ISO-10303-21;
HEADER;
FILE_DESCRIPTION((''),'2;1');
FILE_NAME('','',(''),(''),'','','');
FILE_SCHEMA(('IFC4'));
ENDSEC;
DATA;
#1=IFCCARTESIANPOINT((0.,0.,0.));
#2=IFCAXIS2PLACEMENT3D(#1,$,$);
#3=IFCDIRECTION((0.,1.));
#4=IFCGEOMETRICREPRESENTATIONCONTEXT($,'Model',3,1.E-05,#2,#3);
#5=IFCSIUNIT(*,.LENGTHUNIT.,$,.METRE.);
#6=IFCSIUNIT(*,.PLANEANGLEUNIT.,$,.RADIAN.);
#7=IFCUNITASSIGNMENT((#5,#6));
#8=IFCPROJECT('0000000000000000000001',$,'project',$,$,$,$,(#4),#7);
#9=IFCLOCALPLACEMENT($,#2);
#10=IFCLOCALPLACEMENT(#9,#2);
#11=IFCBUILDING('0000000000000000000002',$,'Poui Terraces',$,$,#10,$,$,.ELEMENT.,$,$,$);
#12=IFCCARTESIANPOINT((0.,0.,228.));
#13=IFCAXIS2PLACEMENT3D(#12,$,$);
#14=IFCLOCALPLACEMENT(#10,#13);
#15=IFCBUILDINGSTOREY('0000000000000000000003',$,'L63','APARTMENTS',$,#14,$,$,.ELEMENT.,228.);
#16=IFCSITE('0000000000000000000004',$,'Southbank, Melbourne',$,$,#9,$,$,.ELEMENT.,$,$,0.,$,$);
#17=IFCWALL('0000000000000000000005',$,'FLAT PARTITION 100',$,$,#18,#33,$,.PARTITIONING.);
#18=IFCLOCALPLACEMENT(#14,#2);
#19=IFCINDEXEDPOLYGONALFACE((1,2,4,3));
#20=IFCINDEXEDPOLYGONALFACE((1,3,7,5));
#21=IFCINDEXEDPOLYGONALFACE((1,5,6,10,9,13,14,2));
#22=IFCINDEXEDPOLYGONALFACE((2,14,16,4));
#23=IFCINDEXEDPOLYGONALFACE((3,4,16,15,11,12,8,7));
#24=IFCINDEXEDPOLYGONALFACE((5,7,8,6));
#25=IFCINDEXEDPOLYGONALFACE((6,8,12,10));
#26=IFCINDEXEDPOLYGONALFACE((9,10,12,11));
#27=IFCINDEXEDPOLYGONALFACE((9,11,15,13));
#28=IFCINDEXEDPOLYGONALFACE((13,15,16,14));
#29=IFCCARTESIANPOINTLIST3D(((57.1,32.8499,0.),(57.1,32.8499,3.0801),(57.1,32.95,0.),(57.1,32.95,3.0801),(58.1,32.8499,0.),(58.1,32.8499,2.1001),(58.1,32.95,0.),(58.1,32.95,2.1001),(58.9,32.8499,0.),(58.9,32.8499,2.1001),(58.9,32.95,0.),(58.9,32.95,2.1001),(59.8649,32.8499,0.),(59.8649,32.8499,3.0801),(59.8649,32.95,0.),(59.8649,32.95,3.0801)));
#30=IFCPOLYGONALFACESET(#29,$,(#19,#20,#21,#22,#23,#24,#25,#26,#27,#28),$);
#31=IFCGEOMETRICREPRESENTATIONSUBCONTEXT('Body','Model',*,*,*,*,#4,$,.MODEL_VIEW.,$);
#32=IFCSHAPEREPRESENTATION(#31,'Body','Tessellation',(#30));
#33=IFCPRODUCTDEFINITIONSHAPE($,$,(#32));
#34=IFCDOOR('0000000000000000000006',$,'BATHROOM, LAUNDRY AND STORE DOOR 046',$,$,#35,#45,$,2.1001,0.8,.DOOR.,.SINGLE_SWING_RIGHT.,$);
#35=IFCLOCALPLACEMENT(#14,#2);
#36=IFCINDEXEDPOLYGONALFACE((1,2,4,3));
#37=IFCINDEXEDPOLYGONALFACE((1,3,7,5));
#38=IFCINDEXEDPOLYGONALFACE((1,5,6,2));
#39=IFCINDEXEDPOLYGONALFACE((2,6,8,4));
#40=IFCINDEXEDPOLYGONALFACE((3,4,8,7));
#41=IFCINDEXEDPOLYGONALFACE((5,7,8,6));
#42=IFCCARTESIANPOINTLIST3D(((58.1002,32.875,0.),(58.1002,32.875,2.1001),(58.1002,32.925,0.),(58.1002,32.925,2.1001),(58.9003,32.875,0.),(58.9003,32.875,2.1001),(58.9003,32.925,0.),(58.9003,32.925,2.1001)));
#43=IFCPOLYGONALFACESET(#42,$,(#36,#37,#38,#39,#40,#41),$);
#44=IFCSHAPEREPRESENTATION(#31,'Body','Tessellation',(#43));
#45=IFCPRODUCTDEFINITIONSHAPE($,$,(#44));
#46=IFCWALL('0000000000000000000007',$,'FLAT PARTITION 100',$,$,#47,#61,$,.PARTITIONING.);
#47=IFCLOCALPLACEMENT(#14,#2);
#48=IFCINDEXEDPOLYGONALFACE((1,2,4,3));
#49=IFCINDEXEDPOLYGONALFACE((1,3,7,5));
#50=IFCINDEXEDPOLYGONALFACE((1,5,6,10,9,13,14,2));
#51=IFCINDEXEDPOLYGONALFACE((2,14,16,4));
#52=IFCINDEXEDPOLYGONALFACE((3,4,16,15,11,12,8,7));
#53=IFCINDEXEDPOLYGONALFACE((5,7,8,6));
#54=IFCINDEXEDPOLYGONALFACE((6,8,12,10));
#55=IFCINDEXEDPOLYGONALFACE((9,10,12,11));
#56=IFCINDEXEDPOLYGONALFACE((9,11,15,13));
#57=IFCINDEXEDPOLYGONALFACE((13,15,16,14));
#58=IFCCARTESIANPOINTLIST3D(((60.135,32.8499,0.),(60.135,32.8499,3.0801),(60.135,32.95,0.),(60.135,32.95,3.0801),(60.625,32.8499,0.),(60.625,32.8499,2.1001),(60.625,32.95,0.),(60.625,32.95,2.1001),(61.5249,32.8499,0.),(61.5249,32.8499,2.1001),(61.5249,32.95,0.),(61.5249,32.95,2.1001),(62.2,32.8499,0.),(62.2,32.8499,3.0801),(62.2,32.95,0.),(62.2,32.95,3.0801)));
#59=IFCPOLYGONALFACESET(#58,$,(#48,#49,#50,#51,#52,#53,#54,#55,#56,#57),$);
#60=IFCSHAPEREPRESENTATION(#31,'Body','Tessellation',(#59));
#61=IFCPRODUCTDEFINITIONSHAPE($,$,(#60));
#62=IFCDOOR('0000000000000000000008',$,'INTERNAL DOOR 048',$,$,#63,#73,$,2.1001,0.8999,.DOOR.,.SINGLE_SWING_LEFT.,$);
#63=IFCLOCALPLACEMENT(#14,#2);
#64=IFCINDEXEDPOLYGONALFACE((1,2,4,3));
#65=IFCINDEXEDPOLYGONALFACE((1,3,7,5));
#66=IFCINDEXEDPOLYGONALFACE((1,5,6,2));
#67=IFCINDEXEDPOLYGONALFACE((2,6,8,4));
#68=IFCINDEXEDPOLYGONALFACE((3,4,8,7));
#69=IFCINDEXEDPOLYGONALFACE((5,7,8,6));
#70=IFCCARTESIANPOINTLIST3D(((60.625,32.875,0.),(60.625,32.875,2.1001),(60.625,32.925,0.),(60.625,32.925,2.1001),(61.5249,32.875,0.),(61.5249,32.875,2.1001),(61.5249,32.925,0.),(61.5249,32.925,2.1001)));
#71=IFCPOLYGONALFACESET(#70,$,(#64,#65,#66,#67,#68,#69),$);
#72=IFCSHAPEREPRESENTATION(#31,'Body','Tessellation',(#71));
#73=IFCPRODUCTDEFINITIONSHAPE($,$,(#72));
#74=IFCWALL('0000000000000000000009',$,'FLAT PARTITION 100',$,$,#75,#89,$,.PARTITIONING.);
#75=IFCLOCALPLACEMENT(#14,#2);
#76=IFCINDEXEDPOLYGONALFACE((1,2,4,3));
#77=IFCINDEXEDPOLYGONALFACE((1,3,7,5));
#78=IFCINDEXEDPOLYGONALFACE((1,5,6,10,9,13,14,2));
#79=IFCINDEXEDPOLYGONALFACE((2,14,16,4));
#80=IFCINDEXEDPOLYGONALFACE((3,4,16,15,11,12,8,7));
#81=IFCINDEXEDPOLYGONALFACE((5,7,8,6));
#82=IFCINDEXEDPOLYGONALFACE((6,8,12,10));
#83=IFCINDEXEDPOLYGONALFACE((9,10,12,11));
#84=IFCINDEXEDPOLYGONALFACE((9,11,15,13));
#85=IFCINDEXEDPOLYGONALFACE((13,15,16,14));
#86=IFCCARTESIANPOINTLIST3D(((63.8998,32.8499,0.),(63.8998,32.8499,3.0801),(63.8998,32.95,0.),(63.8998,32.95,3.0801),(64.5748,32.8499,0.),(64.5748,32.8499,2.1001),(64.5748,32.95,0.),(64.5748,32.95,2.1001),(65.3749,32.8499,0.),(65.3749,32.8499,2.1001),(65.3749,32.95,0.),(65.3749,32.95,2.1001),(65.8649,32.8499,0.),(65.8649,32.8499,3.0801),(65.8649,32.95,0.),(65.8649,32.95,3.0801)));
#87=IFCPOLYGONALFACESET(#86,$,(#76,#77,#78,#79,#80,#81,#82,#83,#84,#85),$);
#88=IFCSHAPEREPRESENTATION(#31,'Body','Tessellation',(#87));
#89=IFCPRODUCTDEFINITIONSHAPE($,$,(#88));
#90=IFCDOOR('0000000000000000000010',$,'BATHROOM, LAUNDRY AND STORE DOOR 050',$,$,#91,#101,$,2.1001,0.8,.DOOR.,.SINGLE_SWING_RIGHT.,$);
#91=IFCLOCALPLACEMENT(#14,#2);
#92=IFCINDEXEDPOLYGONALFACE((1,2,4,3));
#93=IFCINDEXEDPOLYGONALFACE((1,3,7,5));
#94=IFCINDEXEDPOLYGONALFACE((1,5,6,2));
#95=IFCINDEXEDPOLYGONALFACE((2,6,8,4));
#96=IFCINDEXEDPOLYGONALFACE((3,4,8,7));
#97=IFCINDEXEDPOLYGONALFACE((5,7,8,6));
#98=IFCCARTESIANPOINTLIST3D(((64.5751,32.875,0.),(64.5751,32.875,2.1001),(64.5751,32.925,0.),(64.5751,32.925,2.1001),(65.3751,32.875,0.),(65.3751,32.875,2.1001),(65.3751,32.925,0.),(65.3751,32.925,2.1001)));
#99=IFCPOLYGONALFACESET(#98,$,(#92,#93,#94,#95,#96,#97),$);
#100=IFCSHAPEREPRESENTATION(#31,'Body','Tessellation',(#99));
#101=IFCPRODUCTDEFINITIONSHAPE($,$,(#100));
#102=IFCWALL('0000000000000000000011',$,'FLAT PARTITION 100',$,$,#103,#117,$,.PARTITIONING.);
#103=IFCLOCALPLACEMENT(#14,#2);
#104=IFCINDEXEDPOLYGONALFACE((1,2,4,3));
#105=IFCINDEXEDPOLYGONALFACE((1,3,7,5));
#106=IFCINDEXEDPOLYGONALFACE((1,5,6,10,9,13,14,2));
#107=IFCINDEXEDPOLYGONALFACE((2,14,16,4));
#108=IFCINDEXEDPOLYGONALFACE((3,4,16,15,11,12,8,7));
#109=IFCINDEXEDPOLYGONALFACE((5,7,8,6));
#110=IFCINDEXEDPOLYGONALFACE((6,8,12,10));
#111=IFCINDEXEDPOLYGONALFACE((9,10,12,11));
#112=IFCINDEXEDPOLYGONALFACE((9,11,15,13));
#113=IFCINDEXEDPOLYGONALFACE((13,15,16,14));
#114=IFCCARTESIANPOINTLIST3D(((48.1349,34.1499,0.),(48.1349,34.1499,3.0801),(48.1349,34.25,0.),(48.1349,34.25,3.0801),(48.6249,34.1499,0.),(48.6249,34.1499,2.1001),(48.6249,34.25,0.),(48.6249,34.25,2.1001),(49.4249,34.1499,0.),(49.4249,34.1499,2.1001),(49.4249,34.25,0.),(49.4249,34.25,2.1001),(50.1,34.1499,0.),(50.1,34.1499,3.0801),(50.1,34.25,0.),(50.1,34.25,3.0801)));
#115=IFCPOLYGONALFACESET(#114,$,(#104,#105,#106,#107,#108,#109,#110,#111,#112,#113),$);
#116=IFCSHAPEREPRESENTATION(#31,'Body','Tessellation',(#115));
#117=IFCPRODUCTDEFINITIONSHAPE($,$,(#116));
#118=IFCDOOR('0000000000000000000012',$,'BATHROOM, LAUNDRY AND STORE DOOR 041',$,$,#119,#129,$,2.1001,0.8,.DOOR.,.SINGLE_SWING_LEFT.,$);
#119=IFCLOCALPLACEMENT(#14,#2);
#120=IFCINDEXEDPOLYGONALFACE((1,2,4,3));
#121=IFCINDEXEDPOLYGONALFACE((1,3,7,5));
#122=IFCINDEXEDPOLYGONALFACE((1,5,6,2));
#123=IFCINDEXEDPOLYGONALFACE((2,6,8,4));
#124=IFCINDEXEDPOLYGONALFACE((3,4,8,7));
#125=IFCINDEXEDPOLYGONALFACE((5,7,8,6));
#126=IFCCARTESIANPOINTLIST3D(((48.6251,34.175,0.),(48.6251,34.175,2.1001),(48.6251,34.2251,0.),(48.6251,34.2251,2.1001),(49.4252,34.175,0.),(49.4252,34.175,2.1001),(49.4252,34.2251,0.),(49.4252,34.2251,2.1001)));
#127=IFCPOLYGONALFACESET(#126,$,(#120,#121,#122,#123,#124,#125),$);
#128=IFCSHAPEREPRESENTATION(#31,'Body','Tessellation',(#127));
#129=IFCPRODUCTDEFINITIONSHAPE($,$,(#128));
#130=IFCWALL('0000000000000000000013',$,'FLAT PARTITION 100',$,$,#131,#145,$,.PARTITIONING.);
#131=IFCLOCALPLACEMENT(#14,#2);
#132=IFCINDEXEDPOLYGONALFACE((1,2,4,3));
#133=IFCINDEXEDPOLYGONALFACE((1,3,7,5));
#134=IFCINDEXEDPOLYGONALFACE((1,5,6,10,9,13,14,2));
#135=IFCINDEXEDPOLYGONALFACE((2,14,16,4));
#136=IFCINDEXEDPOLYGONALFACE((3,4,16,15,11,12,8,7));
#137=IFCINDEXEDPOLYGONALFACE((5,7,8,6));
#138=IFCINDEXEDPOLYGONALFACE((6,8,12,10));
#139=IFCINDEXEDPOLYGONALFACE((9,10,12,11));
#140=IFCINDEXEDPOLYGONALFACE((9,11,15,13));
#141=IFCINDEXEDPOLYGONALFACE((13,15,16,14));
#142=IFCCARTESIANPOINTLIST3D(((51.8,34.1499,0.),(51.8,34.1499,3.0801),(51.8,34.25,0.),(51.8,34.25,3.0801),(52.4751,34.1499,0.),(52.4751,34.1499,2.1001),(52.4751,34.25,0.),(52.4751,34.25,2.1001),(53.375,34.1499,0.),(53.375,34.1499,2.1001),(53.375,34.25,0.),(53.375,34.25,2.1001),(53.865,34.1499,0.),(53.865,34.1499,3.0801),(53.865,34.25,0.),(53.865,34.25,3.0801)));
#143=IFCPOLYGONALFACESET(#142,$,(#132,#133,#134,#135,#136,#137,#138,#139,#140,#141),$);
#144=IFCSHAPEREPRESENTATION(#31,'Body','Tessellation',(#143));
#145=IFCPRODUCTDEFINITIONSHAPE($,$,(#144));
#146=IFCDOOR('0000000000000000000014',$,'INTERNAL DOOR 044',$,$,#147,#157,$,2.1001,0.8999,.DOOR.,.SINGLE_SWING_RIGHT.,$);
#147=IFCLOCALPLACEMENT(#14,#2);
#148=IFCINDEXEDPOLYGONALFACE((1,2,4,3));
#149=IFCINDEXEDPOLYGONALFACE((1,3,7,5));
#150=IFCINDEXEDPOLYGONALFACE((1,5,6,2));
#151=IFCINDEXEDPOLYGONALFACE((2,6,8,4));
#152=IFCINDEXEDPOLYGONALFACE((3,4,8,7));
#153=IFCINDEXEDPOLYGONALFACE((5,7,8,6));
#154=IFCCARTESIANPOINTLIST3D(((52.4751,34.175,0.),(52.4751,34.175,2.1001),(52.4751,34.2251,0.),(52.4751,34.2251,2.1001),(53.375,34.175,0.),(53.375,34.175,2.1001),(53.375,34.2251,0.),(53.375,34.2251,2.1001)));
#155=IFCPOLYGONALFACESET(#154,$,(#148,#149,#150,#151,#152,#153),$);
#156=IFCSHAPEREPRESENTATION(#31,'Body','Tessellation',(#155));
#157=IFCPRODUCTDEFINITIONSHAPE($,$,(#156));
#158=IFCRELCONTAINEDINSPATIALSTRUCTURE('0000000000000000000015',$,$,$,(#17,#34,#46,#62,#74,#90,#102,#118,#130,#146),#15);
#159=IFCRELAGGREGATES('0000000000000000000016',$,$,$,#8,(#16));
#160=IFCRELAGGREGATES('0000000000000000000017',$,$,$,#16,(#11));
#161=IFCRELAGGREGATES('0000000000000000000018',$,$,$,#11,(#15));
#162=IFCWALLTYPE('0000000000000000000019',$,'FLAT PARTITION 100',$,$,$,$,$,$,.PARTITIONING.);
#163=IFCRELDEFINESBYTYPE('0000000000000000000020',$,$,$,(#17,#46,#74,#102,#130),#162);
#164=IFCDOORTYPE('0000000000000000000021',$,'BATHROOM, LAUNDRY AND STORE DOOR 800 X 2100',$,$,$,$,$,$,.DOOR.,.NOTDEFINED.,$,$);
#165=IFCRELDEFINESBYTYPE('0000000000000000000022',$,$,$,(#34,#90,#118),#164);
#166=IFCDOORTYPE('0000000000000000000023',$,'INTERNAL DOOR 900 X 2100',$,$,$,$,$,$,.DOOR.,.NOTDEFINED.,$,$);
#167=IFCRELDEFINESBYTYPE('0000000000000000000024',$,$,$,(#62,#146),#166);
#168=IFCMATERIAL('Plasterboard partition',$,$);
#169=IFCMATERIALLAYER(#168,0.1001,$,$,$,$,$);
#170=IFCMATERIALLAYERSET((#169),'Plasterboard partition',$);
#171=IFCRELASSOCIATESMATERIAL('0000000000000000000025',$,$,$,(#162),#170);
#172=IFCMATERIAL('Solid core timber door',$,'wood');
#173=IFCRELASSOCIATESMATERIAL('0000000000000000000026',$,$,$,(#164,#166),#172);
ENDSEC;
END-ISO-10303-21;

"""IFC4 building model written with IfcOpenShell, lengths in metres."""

from ifc_helpers import new_model, si_unit, direction, frame, frame_2d, origin, place, context, subcontext, project, spatial, rectangle, extrude, material, layer, layer_set, type_object, element, fill, save


model = new_model("IFC4")

# Units and contexts
model_context = context("Model", 3, precision=1e-05, world=origin(), true_north=direction((0.0, 1.0)))
body_context = subcontext(model_context, "Body", "Model", "MODEL_VIEW")
ifc_project = project(units=[si_unit("LENGTHUNIT", "METRE"), si_unit("PLANEANGLEUNIT", "RADIAN")], contexts=[model_context])

# Site, building, storey
site_placement = place(None, origin())
site = spatial("IfcSite", under=ifc_project, at=site_placement, Name="Southbank, Melbourne", CompositionType="ELEMENT", RefElevation=0.0)
building_placement = place(site_placement, origin())
building = spatial("IfcBuilding", under=site, at=building_placement, Name="Poui Terraces", CompositionType="ELEMENT")
storey_placement = place(building_placement, frame((0.0, 0.0, 228.0)))
storey = spatial("IfcBuildingStorey", under=building, at=storey_placement, Name="L63", Description="APARTMENTS", CompositionType="ELEMENT", Elevation=228.0)

# Walls, openings, doors
ifc_material_1 = material(Name="Plasterboard partition")
ifc_layer_1 = layer(ifc_material_1, 0.1001)
ifc_layer_set_1 = layer_set([ifc_layer_1], Name="Plasterboard partition")
wall_type_1 = type_object("IfcWallType", Name="FLAT PARTITION 100", PredefinedType="PARTITIONING", material=ifc_layer_set_1)
wall_1_placement = place(storey_placement, frame((57.1001, 32.8999, 0.0), z_axis=(0.0, 0.0, 1.0), x_axis=(1.0, 0.0, 0.0)))
wall_1 = element("IfcWall", 1, at=wall_1_placement, inside=storey, type_object=wall_type_1, Name="FLAT PARTITION 100", PredefinedType="PARTITIONING", context=body_context, shape_type="SweptSolid", body=[
    extrude(rectangle(XDim=2.7649, YDim=0.1001, at=frame_2d((1.3823, 0.0))), origin(), (0.0, 0.0, 1.0), 3.0801),
])
opening_1_placement = place(wall_1_placement, frame((1.0, 0.0, 0.0)))
opening_1 = element("IfcOpeningElement", 2, at=opening_1_placement, cuts=wall_1, PredefinedType="OPENING", context=body_context, shape_type="SweptSolid", body=[
    extrude(rectangle(XDim=0.8, YDim=2.1001, at=frame_2d((0.3999, 1.05))), frame((0.0, 0.0601, 0.0), z_axis=(0.0, -1.0, 0.0), x_axis=(1.0, 0.0, 0.0)), (0.0, 0.0, 1.0), 0.1201),
])
ifc_material_2 = material(Name="Solid core timber door", Category="wood")
door_type_1 = type_object("IfcDoorType", Name="BATHROOM, LAUNDRY AND STORE DOOR 800 X 2100", OperationType="NOTDEFINED", PredefinedType="DOOR", material=ifc_material_2)
door_1_placement = place(opening_1_placement, frame((0.8, 0.0, 0.0), z_axis=(0.0, 0.0, 1.0), x_axis=(-1.0, 0.0, 0.0)))
door_1 = element("IfcDoor", 3, at=door_1_placement, inside=storey, type_object=door_type_1, Name="BATHROOM, LAUNDRY AND STORE DOOR 046", OperationType="SINGLE_SWING_RIGHT", OverallHeight=2.1001, OverallWidth=0.8, PredefinedType="DOOR", context=body_context, shape_type="SweptSolid", body=[
    extrude(rectangle(XDim=0.8, YDim=2.1001, at=frame_2d((0.3999, 1.05))), frame((0.0, 0.0249, 0.0), z_axis=(0.0, -1.0, 0.0), x_axis=(1.0, 0.0, 0.0)), (0.0, 0.0, 1.0), 0.05),
])
fill(opening_1, door_1)
wall_2_placement = place(storey_placement, frame((60.135, 32.8999, 0.0), z_axis=(0.0, 0.0, 1.0), x_axis=(1.0, 0.0, 0.0)))
wall_2 = element("IfcWall", 4, at=wall_2_placement, inside=storey, type_object=wall_type_1, Name="FLAT PARTITION 100", PredefinedType="PARTITIONING", context=body_context, shape_type="SweptSolid", body=[
    extrude(rectangle(XDim=2.0649, YDim=0.1001, at=frame_2d((1.0325, 0.0))), origin(), (0.0, 0.0, 1.0), 3.0801),
])
opening_2_placement = place(wall_2_placement, frame((0.49, 0.0, 0.0)))
opening_2 = element("IfcOpeningElement", 5, at=opening_2_placement, cuts=wall_2, PredefinedType="OPENING", context=body_context, shape_type="SweptSolid", body=[
    extrude(rectangle(XDim=0.8999, YDim=2.1001, at=frame_2d((0.45, 1.05))), frame((0.0, 0.0601, 0.0), z_axis=(0.0, -1.0, 0.0), x_axis=(1.0, 0.0, 0.0)), (0.0, 0.0, 1.0), 0.1201),
])
door_type_2 = type_object("IfcDoorType", Name="INTERNAL DOOR 900 X 2100", OperationType="NOTDEFINED", PredefinedType="DOOR", material=ifc_material_2)
door_2_placement = place(opening_2_placement, frame((0.8999, 0.0, 0.0), z_axis=(0.0, 0.0, 1.0), x_axis=(-1.0, 0.0, 0.0)))
door_2 = element("IfcDoor", 6, at=door_2_placement, inside=storey, type_object=door_type_2, Name="INTERNAL DOOR 048", OperationType="SINGLE_SWING_LEFT", OverallHeight=2.1001, OverallWidth=0.8999, PredefinedType="DOOR", context=body_context, shape_type="SweptSolid", body=[
    extrude(rectangle(XDim=0.8999, YDim=2.1001, at=frame_2d((0.45, 1.05))), frame((0.0, 0.0249, 0.0), z_axis=(0.0, -1.0, 0.0), x_axis=(1.0, 0.0, 0.0)), (0.0, 0.0, 1.0), 0.05),
])
fill(opening_2, door_2)
wall_3_placement = place(storey_placement, frame((63.8999, 32.8999, 0.0), z_axis=(0.0, 0.0, 1.0), x_axis=(1.0, 0.0, 0.0)))
wall_3 = element("IfcWall", 7, at=wall_3_placement, inside=storey, type_object=wall_type_1, Name="FLAT PARTITION 100", PredefinedType="PARTITIONING", context=body_context, shape_type="SweptSolid", body=[
    extrude(rectangle(XDim=1.9651, YDim=0.1001, at=frame_2d((0.9824, 0.0))), origin(), (0.0, 0.0, 1.0), 3.0801),
])
opening_3_placement = place(wall_3_placement, frame((0.675, 0.0, 0.0)))
opening_3 = element("IfcOpeningElement", 8, at=opening_3_placement, cuts=wall_3, PredefinedType="OPENING", context=body_context, shape_type="SweptSolid", body=[
    extrude(rectangle(XDim=0.8, YDim=2.1001, at=frame_2d((0.3999, 1.05))), frame((0.0, 0.0601, 0.0), z_axis=(0.0, -1.0, 0.0), x_axis=(1.0, 0.0, 0.0)), (0.0, 0.0, 1.0), 0.1201),
])
door_3_placement = place(opening_3_placement, frame((0.8, 0.0, 0.0), z_axis=(0.0, 0.0, 1.0), x_axis=(-1.0, 0.0, 0.0)))
door_3 = element("IfcDoor", 9, at=door_3_placement, inside=storey, type_object=door_type_1, Name="BATHROOM, LAUNDRY AND STORE DOOR 050", OperationType="SINGLE_SWING_RIGHT", OverallHeight=2.1001, OverallWidth=0.8, PredefinedType="DOOR", context=body_context, shape_type="SweptSolid", body=[
    extrude(rectangle(XDim=0.8, YDim=2.1001, at=frame_2d((0.3999, 1.05))), frame((0.0, 0.0249, 0.0), z_axis=(0.0, -1.0, 0.0), x_axis=(1.0, 0.0, 0.0)), (0.0, 0.0, 1.0), 0.05),
])
fill(opening_3, door_3)
wall_4_placement = place(storey_placement, frame((48.135, 34.2, 0.0), z_axis=(0.0, 0.0, 1.0), x_axis=(1.0, 0.0, 0.0)))
wall_4 = element("IfcWall", 10, at=wall_4_placement, inside=storey, type_object=wall_type_1, Name="FLAT PARTITION 100", PredefinedType="PARTITIONING", context=body_context, shape_type="SweptSolid", body=[
    extrude(rectangle(XDim=1.9651, YDim=0.1001, at=frame_2d((0.9824, 0.0))), origin(), (0.0, 0.0, 1.0), 3.0801),
])
opening_4_placement = place(wall_4_placement, frame((0.49, 0.0, 0.0)))
opening_4 = element("IfcOpeningElement", 11, at=opening_4_placement, cuts=wall_4, PredefinedType="OPENING", context=body_context, shape_type="SweptSolid", body=[
    extrude(rectangle(XDim=0.8, YDim=2.1001, at=frame_2d((0.3999, 1.05))), frame((0.0, 0.0601, 0.0), z_axis=(0.0, -1.0, 0.0), x_axis=(1.0, 0.0, 0.0)), (0.0, 0.0, 1.0), 0.1201),
])
door_4_placement = place(opening_4_placement, frame((0.8, 0.0, 0.0), z_axis=(0.0, 0.0, 1.0), x_axis=(-1.0, 0.0, 0.0)))
door_4 = element("IfcDoor", 12, at=door_4_placement, inside=storey, type_object=door_type_1, Name="BATHROOM, LAUNDRY AND STORE DOOR 041", OperationType="SINGLE_SWING_LEFT", OverallHeight=2.1001, OverallWidth=0.8, PredefinedType="DOOR", context=body_context, shape_type="SweptSolid", body=[
    extrude(rectangle(XDim=0.8, YDim=2.1001, at=frame_2d((0.3999, 1.05))), frame((0.0, 0.0249, 0.0), z_axis=(0.0, -1.0, 0.0), x_axis=(1.0, 0.0, 0.0)), (0.0, 0.0, 1.0), 0.05),
])
fill(opening_4, door_4)
wall_5_placement = place(storey_placement, frame((51.8, 34.2, 0.0), z_axis=(0.0, 0.0, 1.0), x_axis=(1.0, 0.0, 0.0)))
wall_5 = element("IfcWall", 13, at=wall_5_placement, inside=storey, type_object=wall_type_1, Name="FLAT PARTITION 100", PredefinedType="PARTITIONING", context=body_context, shape_type="SweptSolid", body=[
    extrude(rectangle(XDim=2.0649, YDim=0.1001, at=frame_2d((1.0325, 0.0))), origin(), (0.0, 0.0, 1.0), 3.0801),
])
opening_5_placement = place(wall_5_placement, frame((0.675, 0.0, 0.0)))
opening_5 = element("IfcOpeningElement", 14, at=opening_5_placement, cuts=wall_5, PredefinedType="OPENING", context=body_context, shape_type="SweptSolid", body=[
    extrude(rectangle(XDim=0.8999, YDim=2.1001, at=frame_2d((0.45, 1.05))), frame((0.0, 0.0601, 0.0), z_axis=(0.0, -1.0, 0.0), x_axis=(1.0, 0.0, 0.0)), (0.0, 0.0, 1.0), 0.1201),
])
door_5_placement = place(opening_5_placement, frame((0.8999, 0.0, 0.0), z_axis=(0.0, 0.0, 1.0), x_axis=(-1.0, 0.0, 0.0)))
door_5 = element("IfcDoor", 15, at=door_5_placement, inside=storey, type_object=door_type_2, Name="INTERNAL DOOR 044", OperationType="SINGLE_SWING_RIGHT", OverallHeight=2.1001, OverallWidth=0.8999, PredefinedType="DOOR", context=body_context, shape_type="SweptSolid", body=[
    extrude(rectangle(XDim=0.8999, YDim=2.1001, at=frame_2d((0.45, 1.05))), frame((0.0, 0.0249, 0.0), z_axis=(0.0, -1.0, 0.0), x_axis=(1.0, 0.0, 0.0)), (0.0, 0.0, 1.0), 0.05),
])
fill(opening_5, door_5)

save(model, "model.ifc")
